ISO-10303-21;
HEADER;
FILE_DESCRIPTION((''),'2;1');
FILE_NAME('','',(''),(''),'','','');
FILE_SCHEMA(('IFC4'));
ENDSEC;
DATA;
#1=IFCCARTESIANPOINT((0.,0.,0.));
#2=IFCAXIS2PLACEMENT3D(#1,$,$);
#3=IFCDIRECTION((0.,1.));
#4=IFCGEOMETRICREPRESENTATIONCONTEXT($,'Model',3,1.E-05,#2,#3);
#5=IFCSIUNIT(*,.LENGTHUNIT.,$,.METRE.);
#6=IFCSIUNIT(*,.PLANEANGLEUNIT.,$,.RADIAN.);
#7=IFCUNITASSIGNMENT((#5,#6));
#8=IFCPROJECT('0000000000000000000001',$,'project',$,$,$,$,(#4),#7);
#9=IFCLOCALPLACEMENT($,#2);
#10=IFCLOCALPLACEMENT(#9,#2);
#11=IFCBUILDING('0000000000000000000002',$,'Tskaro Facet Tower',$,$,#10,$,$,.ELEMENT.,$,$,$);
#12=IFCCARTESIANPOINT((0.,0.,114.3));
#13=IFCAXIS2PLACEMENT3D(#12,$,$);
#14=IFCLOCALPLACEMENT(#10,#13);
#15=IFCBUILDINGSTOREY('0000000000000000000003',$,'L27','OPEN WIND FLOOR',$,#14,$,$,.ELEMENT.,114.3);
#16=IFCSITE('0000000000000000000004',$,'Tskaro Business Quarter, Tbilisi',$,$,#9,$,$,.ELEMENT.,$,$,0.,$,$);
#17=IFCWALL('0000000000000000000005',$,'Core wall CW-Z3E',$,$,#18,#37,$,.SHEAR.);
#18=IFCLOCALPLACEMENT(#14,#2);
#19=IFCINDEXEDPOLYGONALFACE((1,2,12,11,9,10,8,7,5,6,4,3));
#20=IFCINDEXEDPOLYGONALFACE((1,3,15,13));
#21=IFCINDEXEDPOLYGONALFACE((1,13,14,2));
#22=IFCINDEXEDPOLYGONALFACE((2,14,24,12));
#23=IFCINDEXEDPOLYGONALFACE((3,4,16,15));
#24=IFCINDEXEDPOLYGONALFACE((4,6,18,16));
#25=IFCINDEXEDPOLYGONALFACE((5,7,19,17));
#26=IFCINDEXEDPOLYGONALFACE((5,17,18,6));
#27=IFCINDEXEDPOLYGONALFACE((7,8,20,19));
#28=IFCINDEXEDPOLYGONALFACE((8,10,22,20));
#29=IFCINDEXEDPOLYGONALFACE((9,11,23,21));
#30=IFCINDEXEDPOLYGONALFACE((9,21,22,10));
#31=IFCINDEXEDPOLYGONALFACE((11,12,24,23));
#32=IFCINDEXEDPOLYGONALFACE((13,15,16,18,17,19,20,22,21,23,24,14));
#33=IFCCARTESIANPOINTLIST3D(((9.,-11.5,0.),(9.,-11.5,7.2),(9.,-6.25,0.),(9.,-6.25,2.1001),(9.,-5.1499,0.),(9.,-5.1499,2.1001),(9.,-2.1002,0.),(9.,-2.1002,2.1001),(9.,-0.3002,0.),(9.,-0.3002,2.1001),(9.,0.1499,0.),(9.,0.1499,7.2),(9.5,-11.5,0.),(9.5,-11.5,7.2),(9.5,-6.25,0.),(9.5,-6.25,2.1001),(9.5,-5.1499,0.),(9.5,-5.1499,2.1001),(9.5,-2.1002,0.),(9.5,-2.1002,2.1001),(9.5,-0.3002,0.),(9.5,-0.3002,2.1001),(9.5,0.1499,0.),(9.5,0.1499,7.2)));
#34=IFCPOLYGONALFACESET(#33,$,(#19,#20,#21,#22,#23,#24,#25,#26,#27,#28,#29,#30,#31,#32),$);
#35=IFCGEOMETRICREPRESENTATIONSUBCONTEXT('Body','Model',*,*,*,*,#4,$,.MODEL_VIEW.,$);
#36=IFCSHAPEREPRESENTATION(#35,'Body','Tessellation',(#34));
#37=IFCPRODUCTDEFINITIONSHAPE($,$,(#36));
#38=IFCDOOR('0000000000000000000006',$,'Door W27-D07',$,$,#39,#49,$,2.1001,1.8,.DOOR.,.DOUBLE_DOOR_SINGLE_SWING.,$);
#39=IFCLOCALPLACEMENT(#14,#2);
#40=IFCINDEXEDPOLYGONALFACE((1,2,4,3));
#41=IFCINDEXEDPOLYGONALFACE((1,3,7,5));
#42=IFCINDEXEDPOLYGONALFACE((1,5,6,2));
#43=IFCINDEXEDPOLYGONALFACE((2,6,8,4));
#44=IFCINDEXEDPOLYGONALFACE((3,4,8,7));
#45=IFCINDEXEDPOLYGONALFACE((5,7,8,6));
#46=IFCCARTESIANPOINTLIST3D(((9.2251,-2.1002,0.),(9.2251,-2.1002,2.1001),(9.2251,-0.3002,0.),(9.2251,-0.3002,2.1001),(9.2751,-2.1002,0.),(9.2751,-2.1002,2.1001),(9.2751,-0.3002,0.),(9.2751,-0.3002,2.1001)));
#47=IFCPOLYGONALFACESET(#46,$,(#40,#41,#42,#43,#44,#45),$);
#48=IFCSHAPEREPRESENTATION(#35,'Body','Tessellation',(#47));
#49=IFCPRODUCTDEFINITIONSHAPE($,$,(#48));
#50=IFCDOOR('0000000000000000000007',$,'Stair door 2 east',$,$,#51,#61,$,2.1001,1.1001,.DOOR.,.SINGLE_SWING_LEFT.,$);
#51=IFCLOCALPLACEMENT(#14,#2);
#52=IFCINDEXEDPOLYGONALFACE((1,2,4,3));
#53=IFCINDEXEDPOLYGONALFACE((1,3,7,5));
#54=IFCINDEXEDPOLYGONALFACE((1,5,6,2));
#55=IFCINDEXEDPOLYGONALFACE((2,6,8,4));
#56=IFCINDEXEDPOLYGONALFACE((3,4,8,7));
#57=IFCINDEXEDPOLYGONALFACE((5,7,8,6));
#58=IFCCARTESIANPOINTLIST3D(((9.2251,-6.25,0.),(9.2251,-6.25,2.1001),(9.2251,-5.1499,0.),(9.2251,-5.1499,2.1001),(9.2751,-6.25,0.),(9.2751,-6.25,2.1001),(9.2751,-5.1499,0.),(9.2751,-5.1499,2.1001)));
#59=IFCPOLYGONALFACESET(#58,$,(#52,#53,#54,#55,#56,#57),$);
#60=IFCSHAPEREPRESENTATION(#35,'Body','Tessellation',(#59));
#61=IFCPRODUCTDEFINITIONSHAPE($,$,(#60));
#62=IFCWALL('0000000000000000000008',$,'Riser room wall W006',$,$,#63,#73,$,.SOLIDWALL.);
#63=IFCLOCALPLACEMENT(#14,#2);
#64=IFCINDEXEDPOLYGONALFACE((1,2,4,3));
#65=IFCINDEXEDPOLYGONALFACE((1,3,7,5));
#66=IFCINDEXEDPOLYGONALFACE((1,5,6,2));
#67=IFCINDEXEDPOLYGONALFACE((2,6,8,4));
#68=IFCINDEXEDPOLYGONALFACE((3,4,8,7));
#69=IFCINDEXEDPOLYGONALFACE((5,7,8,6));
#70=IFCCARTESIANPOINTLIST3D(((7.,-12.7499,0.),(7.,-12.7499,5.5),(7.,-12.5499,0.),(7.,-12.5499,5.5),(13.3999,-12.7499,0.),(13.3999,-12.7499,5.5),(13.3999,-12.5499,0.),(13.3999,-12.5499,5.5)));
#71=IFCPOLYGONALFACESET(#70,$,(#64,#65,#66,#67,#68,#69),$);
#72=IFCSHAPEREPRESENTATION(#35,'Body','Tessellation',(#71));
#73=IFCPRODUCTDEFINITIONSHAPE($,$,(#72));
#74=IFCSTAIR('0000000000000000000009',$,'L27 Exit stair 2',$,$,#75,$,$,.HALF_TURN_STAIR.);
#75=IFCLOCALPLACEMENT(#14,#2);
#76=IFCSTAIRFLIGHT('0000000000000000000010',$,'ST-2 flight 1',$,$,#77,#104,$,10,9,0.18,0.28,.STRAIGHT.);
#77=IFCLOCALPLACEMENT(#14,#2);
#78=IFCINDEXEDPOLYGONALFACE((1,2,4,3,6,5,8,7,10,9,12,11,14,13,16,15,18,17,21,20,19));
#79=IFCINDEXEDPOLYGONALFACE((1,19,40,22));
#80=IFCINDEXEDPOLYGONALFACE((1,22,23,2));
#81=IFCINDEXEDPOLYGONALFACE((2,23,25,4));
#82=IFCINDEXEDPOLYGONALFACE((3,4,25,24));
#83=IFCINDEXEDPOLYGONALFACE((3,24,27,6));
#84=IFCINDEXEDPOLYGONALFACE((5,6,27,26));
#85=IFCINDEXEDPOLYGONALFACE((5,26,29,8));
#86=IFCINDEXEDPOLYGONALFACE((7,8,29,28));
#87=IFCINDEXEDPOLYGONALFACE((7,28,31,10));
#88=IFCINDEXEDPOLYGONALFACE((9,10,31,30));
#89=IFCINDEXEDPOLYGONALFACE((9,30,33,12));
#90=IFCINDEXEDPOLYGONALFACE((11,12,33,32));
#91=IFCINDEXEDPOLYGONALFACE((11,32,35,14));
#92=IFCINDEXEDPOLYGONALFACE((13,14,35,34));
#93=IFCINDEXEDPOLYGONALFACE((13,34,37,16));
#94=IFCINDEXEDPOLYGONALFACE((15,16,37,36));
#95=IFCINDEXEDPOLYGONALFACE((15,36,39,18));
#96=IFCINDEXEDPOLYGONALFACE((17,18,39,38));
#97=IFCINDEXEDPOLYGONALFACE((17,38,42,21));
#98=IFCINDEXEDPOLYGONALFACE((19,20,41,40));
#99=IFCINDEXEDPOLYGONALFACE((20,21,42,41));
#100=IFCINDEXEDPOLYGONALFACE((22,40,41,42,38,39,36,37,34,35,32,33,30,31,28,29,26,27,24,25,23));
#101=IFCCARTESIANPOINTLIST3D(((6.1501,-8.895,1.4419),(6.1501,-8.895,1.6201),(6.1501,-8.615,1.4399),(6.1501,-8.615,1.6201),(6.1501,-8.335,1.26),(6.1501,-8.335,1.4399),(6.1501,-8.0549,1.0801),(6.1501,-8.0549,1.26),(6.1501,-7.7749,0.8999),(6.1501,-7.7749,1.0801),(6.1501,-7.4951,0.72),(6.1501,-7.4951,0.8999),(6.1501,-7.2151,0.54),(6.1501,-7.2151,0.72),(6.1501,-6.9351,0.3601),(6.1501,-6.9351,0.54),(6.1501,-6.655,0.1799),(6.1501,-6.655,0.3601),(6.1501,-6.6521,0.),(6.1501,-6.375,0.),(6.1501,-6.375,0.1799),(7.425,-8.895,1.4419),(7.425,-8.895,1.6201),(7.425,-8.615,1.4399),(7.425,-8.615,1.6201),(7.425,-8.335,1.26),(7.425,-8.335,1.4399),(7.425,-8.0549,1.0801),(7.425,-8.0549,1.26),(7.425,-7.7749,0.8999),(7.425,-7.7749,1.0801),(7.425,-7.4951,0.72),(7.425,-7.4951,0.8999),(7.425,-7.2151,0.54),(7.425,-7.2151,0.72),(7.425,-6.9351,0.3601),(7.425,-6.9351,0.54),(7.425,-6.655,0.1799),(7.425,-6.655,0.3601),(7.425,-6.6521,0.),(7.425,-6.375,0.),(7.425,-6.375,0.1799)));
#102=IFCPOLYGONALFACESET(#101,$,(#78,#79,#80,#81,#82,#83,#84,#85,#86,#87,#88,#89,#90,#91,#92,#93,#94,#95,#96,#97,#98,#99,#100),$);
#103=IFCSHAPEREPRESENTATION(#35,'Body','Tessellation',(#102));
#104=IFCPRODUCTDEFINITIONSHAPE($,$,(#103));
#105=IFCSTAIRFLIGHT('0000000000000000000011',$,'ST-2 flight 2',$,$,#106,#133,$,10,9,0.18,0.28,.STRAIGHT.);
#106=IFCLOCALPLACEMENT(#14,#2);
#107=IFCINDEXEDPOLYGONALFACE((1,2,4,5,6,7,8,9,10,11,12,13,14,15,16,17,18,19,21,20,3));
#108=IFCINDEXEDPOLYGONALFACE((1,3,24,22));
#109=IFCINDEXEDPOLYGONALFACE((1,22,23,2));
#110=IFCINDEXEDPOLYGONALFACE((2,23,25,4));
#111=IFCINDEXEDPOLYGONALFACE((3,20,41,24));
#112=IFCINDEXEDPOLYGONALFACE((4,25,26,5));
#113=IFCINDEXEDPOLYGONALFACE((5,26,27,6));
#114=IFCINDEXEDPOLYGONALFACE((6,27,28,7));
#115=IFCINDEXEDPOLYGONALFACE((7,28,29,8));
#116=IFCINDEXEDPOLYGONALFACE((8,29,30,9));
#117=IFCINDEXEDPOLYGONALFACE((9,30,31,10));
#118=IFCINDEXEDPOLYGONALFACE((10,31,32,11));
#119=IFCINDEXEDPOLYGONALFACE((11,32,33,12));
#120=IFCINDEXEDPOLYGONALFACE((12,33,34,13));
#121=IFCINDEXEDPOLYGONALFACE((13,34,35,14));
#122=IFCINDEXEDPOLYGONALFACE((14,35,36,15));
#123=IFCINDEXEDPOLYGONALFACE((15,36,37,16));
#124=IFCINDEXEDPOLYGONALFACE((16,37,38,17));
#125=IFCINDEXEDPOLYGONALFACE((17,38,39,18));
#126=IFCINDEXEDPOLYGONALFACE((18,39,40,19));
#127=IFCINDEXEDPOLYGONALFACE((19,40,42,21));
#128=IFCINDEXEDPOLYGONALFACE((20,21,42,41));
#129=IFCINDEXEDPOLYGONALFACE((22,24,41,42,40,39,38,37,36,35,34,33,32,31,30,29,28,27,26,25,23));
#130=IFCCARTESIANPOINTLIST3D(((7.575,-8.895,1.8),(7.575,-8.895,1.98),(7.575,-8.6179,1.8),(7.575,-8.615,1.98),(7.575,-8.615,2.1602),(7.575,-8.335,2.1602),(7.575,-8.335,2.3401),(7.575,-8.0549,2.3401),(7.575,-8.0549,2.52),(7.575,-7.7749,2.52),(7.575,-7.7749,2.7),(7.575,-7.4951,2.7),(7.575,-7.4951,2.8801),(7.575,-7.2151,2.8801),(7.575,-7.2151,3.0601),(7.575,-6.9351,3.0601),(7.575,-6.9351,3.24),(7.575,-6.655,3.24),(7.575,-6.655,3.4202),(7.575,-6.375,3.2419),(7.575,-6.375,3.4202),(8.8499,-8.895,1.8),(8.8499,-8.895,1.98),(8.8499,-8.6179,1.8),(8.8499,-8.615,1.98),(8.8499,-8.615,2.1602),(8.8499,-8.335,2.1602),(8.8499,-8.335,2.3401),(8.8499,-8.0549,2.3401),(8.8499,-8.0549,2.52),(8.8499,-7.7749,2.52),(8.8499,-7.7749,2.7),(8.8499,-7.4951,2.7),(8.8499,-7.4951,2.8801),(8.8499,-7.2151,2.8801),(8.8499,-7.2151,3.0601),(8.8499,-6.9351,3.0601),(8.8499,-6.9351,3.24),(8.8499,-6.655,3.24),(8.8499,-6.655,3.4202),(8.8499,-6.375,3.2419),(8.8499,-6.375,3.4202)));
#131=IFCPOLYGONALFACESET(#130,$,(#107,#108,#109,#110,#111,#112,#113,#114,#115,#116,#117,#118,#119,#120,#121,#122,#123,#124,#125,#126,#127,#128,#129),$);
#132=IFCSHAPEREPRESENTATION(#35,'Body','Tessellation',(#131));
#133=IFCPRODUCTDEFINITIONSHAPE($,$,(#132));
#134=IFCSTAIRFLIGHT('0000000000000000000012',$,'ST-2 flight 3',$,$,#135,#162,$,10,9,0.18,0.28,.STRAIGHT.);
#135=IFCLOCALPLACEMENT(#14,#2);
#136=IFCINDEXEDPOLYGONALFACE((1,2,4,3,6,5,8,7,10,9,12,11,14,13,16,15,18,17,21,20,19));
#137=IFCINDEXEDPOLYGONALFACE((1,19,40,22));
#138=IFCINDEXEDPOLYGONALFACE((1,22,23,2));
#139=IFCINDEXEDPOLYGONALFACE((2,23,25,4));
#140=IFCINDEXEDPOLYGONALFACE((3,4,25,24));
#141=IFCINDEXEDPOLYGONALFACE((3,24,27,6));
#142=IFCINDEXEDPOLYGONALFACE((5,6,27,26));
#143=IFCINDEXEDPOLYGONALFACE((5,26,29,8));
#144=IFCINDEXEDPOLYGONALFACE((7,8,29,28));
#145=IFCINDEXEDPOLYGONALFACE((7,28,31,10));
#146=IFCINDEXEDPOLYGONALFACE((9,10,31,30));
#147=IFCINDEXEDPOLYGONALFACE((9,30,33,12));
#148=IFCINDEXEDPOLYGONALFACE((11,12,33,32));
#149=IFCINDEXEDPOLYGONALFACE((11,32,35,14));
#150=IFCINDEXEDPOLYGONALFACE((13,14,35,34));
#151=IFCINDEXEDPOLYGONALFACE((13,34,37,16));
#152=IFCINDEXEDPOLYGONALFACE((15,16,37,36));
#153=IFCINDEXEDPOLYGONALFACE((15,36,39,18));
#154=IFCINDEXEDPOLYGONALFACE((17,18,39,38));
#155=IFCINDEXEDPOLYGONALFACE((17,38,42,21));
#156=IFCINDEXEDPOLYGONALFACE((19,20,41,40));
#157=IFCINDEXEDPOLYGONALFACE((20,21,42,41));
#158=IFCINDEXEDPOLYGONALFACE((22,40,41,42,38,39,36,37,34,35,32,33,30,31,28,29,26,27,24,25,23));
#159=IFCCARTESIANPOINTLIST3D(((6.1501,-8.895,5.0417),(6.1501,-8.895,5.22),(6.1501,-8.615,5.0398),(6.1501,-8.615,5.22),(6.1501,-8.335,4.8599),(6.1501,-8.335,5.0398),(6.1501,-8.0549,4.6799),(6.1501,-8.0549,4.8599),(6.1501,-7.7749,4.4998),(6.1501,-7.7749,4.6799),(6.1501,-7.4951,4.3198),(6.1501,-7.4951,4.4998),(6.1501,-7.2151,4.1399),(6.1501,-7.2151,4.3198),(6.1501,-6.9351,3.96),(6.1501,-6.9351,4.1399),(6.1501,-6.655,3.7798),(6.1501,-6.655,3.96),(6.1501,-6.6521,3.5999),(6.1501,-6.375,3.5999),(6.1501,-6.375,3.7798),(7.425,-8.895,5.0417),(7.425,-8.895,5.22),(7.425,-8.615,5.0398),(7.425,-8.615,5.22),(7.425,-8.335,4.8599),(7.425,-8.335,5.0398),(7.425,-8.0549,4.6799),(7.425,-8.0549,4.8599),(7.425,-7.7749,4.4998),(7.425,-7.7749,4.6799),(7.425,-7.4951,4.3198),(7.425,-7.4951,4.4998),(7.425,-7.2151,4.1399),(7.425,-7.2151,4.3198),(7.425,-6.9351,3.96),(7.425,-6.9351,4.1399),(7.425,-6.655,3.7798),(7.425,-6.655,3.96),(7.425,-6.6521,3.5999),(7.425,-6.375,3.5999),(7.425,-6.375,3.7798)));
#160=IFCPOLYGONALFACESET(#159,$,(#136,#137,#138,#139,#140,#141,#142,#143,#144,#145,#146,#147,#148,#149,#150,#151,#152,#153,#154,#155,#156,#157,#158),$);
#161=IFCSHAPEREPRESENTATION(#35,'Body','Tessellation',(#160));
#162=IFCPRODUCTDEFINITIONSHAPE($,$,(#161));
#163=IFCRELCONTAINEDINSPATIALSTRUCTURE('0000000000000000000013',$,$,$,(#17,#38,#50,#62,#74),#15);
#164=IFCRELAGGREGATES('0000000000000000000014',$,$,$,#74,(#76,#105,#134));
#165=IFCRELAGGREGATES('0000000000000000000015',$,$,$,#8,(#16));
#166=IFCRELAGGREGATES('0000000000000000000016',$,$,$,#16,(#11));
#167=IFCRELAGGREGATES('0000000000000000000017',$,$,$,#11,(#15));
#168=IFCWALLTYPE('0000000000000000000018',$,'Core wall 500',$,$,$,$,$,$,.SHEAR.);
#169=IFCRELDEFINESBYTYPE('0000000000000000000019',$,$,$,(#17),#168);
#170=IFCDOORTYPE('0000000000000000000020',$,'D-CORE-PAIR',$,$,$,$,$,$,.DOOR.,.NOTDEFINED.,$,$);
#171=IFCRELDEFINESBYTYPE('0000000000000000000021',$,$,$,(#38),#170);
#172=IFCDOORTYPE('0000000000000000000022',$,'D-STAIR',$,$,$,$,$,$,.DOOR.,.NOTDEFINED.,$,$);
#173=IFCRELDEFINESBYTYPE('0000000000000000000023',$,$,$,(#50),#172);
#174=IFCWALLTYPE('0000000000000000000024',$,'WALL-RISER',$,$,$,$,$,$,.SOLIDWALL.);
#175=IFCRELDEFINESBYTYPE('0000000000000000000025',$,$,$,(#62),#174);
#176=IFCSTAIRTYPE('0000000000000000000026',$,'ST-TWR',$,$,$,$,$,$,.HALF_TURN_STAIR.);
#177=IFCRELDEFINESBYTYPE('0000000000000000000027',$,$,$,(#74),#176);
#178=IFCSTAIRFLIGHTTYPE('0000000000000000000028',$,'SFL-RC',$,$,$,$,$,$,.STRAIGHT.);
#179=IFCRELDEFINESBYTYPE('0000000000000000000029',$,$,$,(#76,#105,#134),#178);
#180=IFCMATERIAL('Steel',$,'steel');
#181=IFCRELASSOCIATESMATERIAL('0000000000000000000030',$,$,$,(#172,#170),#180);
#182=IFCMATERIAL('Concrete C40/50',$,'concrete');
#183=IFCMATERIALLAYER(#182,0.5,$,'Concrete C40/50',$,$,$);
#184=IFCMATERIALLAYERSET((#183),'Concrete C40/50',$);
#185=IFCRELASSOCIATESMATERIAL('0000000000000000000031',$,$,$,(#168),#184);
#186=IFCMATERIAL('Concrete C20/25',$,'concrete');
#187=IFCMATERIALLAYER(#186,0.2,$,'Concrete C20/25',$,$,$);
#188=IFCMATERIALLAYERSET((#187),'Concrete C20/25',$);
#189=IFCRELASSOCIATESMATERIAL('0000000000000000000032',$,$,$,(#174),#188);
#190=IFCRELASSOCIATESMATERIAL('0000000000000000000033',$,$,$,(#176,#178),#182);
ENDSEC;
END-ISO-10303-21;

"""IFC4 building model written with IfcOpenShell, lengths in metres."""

from ifc_helpers import new_model, si_unit, direction, frame, frame_2d, origin, place, context, subcontext, project, spatial, polyline, rectangle, outline, extrude, material, layer, layer_set, type_object, element, fill, aggregate, save


model = new_model("IFC4")

# Units and contexts
model_context = context("Model", 3, precision=1e-05, world=origin(), true_north=direction((0.0, 1.0)))
body_context = subcontext(model_context, "Body", "Model", "MODEL_VIEW")
ifc_project = project(units=[si_unit("LENGTHUNIT", "METRE"), si_unit("PLANEANGLEUNIT", "RADIAN")], contexts=[model_context])

# Site, building, storey
site_placement = place(None, origin())
site = spatial("IfcSite", under=ifc_project, at=site_placement, Name="Tskaro Business Quarter, Tbilisi", CompositionType="ELEMENT", RefElevation=0.0)
building_placement = place(site_placement, origin())
building = spatial("IfcBuilding", under=site, at=building_placement, Name="Tskaro Facet Tower", CompositionType="ELEMENT")
storey_placement = place(building_placement, frame((0.0, 0.0, 114.3)))
storey = spatial("IfcBuildingStorey", under=building, at=storey_placement, Name="L27", Description="OPEN WIND FLOOR", CompositionType="ELEMENT", Elevation=114.3)

# Shared definitions
ifc_material_1 = material(Name="Steel", Category="steel")
door_type_1 = type_object("IfcDoorType", Name="D-STAIR", OperationType="NOTDEFINED", PredefinedType="DOOR", material=ifc_material_1)

# Shared definitions
ifc_material_2 = material(Name="Concrete C20/25", Category="concrete")

# Wall, openings, doors
ifc_material_3 = material(Name="Concrete C40/50", Category="concrete")
ifc_layer_1 = layer(ifc_material_3, 0.5, Name="Concrete C40/50")
ifc_layer_set_1 = layer_set([ifc_layer_1], Name="Concrete C40/50")
wall_type_1 = type_object("IfcWallType", Name="Core wall 500", PredefinedType="SHEAR", material=ifc_layer_set_1)
wall_1_placement = place(storey_placement, frame((9.25, -11.5, 0.0), z_axis=(0.0, 0.0, 1.0), x_axis=(0.0, 1.0, 0.0)))
wall_1 = element("IfcWall", 1, at=wall_1_placement, inside=storey, type_object=wall_type_1, Name="Core wall CW-Z3E", PredefinedType="SHEAR", context=body_context, shape_type="SweptSolid", body=[
    extrude(rectangle(XDim=11.6499, YDim=0.5, at=frame_2d((5.825, 0.0))), origin(), (0.0, 0.0, 1.0), 7.2),
])
opening_1_placement = place(wall_1_placement, frame((9.3999, 0.0, 0.0)))
opening_1 = element("IfcOpeningElement", 2, at=opening_1_placement, cuts=wall_1, PredefinedType="OPENING", context=body_context, shape_type="SweptSolid", body=[
    extrude(rectangle(XDim=1.8, YDim=2.1001, at=frame_2d((0.8999, 1.05))), frame((0.0, 0.26, 0.0), z_axis=(0.0, -1.0, 0.0), x_axis=(1.0, 0.0, 0.0)), (0.0, 0.0, 1.0), 0.52),
])
opening_2_placement = place(wall_1_placement, frame((5.25, 0.0, 0.0)))
opening_2 = element("IfcOpeningElement", 3, at=opening_2_placement, cuts=wall_1, PredefinedType="OPENING", context=body_context, shape_type="SweptSolid", body=[
    extrude(rectangle(XDim=1.1001, YDim=2.1001, at=frame_2d((0.55, 1.05))), frame((0.0, 0.26, 0.0), z_axis=(0.0, -1.0, 0.0), x_axis=(1.0, 0.0, 0.0)), (0.0, 0.0, 1.0), 0.52),
])
door_type_2 = type_object("IfcDoorType", Name="D-CORE-PAIR", OperationType="NOTDEFINED", PredefinedType="DOOR", material=ifc_material_1)
door_1_placement = place(opening_1_placement, origin())
door_1 = element("IfcDoor", 4, at=door_1_placement, inside=storey, type_object=door_type_2, Name="Door W27-D07", OperationType="DOUBLE_DOOR_SINGLE_SWING", OverallHeight=2.1001, OverallWidth=1.8, PredefinedType="DOOR", context=body_context, shape_type="SweptSolid", body=[
    extrude(rectangle(XDim=1.8, YDim=2.1001, at=frame_2d((0.8999, 1.05))), frame((0.0, 0.0249, 0.0), z_axis=(0.0, -1.0, 0.0), x_axis=(1.0, 0.0, 0.0)), (0.0, 0.0, 1.0), 0.05),
])
fill(opening_1, door_1)
door_2_placement = place(opening_2_placement, origin())
door_2 = element("IfcDoor", 5, at=door_2_placement, inside=storey, type_object=door_type_1, Name="Stair door 2 east", OperationType="SINGLE_SWING_LEFT", OverallHeight=2.1001, OverallWidth=1.1001, PredefinedType="DOOR", context=body_context, shape_type="SweptSolid", body=[
    extrude(rectangle(XDim=1.1001, YDim=2.1001, at=frame_2d((0.55, 1.05))), frame((0.0, 0.0249, 0.0), z_axis=(0.0, -1.0, 0.0), x_axis=(1.0, 0.0, 0.0)), (0.0, 0.0, 1.0), 0.05),
])
fill(opening_2, door_2)

# Wall
ifc_layer_2 = layer(ifc_material_2, 0.2, Name="Concrete C20/25")
ifc_layer_set_2 = layer_set([ifc_layer_2], Name="Concrete C20/25")
wall_type_2 = type_object("IfcWallType", Name="WALL-RISER", PredefinedType="SOLIDWALL", material=ifc_layer_set_2)
wall_2_placement = place(storey_placement, frame((7.0, -12.6499, 0.0), z_axis=(0.0, 0.0, 1.0), x_axis=(1.0, 0.0, 0.0)))
element("IfcWall", 6, at=wall_2_placement, inside=storey, type_object=wall_type_2, Name="Riser room wall W006", PredefinedType="SOLIDWALL", context=body_context, shape_type="SweptSolid", body=[
    extrude(rectangle(XDim=6.3999, YDim=0.2, at=frame_2d((3.2, 0.0))), origin(), (0.0, 0.0, 1.0), 5.5),
])

# Stair, stair flights
stair_type = type_object("IfcStairType", Name="ST-TWR", PredefinedType="HALF_TURN_STAIR", material=ifc_material_3)
stair_placement = place(storey_placement, origin())
stair = element("IfcStair", 7, at=stair_placement, inside=storey, type_object=stair_type, Name="L27 Exit stair 2", PredefinedType="HALF_TURN_STAIR")
stair_flight_type = type_object("IfcStairFlightType", Name="SFL-RC", PredefinedType="STRAIGHT", material=ifc_material_3)
stair_flight_1_placement = place(storey_placement, frame((6.7876, -6.375, 0.0), z_axis=(0.0, 0.0, 1.0), x_axis=(0.0, -1.0, 0.0)))
stair_flight_1 = element("IfcStairFlight", 8, at=stair_flight_1_placement, type_object=stair_flight_type, Name="ST-2 flight 1", NumberOfRisers=10, NumberOfTreads=9, PredefinedType="STRAIGHT", RiserHeight=0.18, TreadLength=0.28, context=body_context, shape_type="SweptSolid", body=[
    extrude(outline(polyline([(0.0, 0.0), (0.0, 0.1799), (0.28, 0.1799), (0.28, 0.3601), (0.5601, 0.3601), (0.5601, 0.54), (0.8401, 0.54), (0.8401, 0.72), (1.1201, 0.72), (1.1201, 0.8999), (1.3999, 0.8999), (1.3999, 1.0801), (1.6799, 1.0801), (1.6799, 1.26), (1.96, 1.26), (1.96, 1.4399), (2.24, 1.4399), (2.24, 1.6201), (2.52, 1.6201), (2.52, 1.8), (2.52, 1.4419), (0.2771, 0.0), (0.0, 0.0)])), frame((0.0, 0.6375, 0.0), z_axis=(0.0, -1.0, 0.0), x_axis=(1.0, 0.0, 0.0)), (0.0, 0.0, 1.0), 1.2749),
])
stair_flight_2_placement = place(storey_placement, frame((8.2124, -8.895, 1.8), z_axis=(0.0, 0.0, 1.0), x_axis=(0.0, 1.0, 0.0)))
stair_flight_2 = element("IfcStairFlight", 9, at=stair_flight_2_placement, type_object=stair_flight_type, Name="ST-2 flight 2", NumberOfRisers=10, NumberOfTreads=9, PredefinedType="STRAIGHT", RiserHeight=0.18, TreadLength=0.28, context=body_context, shape_type="SweptSolid", body=[
    extrude(outline(polyline([(0.0, 0.0), (0.0, 0.1799), (0.28, 0.1799), (0.28, 0.3601), (0.5601, 0.3601), (0.5601, 0.54), (0.8401, 0.54), (0.8401, 0.72), (1.1201, 0.72), (1.1201, 0.8999), (1.3999, 0.8999), (1.3999, 1.0801), (1.6799, 1.0801), (1.6799, 1.26), (1.96, 1.26), (1.96, 1.4399), (2.24, 1.4399), (2.24, 1.6201), (2.52, 1.6201), (2.52, 1.8), (2.52, 1.4419), (0.2771, 0.0), (0.0, 0.0)])), frame((0.0, 0.6375, 0.0), z_axis=(0.0, -1.0, 0.0), x_axis=(1.0, 0.0, 0.0)), (0.0, 0.0, 1.0), 1.2749),
])
stair_flight_3_placement = place(storey_placement, frame((6.7876, -6.375, 3.5999), z_axis=(0.0, 0.0, 1.0), x_axis=(0.0, -1.0, 0.0)))
stair_flight_3 = element("IfcStairFlight", 10, at=stair_flight_3_placement, type_object=stair_flight_type, Name="ST-2 flight 3", NumberOfRisers=10, NumberOfTreads=9, PredefinedType="STRAIGHT", RiserHeight=0.18, TreadLength=0.28, context=body_context, shape_type="SweptSolid", body=[
    extrude(outline(polyline([(0.0, 0.0), (0.0, 0.1799), (0.28, 0.1799), (0.28, 0.3601), (0.5601, 0.3601), (0.5601, 0.54), (0.8401, 0.54), (0.8401, 0.72), (1.1201, 0.72), (1.1201, 0.8999), (1.3999, 0.8999), (1.3999, 1.0801), (1.6799, 1.0801), (1.6799, 1.26), (1.96, 1.26), (1.96, 1.4399), (2.24, 1.4399), (2.24, 1.6201), (2.52, 1.6201), (2.52, 1.8), (2.52, 1.4419), (0.2771, 0.0), (0.0, 0.0)])), frame((0.0, 0.6375, 0.0), z_axis=(0.0, -1.0, 0.0), x_axis=(1.0, 0.0, 0.0)), (0.0, 0.0, 1.0), 1.2749),
])
aggregate(stair, [stair_flight_1, stair_flight_2, stair_flight_3])

save(model, "model.ifc")
